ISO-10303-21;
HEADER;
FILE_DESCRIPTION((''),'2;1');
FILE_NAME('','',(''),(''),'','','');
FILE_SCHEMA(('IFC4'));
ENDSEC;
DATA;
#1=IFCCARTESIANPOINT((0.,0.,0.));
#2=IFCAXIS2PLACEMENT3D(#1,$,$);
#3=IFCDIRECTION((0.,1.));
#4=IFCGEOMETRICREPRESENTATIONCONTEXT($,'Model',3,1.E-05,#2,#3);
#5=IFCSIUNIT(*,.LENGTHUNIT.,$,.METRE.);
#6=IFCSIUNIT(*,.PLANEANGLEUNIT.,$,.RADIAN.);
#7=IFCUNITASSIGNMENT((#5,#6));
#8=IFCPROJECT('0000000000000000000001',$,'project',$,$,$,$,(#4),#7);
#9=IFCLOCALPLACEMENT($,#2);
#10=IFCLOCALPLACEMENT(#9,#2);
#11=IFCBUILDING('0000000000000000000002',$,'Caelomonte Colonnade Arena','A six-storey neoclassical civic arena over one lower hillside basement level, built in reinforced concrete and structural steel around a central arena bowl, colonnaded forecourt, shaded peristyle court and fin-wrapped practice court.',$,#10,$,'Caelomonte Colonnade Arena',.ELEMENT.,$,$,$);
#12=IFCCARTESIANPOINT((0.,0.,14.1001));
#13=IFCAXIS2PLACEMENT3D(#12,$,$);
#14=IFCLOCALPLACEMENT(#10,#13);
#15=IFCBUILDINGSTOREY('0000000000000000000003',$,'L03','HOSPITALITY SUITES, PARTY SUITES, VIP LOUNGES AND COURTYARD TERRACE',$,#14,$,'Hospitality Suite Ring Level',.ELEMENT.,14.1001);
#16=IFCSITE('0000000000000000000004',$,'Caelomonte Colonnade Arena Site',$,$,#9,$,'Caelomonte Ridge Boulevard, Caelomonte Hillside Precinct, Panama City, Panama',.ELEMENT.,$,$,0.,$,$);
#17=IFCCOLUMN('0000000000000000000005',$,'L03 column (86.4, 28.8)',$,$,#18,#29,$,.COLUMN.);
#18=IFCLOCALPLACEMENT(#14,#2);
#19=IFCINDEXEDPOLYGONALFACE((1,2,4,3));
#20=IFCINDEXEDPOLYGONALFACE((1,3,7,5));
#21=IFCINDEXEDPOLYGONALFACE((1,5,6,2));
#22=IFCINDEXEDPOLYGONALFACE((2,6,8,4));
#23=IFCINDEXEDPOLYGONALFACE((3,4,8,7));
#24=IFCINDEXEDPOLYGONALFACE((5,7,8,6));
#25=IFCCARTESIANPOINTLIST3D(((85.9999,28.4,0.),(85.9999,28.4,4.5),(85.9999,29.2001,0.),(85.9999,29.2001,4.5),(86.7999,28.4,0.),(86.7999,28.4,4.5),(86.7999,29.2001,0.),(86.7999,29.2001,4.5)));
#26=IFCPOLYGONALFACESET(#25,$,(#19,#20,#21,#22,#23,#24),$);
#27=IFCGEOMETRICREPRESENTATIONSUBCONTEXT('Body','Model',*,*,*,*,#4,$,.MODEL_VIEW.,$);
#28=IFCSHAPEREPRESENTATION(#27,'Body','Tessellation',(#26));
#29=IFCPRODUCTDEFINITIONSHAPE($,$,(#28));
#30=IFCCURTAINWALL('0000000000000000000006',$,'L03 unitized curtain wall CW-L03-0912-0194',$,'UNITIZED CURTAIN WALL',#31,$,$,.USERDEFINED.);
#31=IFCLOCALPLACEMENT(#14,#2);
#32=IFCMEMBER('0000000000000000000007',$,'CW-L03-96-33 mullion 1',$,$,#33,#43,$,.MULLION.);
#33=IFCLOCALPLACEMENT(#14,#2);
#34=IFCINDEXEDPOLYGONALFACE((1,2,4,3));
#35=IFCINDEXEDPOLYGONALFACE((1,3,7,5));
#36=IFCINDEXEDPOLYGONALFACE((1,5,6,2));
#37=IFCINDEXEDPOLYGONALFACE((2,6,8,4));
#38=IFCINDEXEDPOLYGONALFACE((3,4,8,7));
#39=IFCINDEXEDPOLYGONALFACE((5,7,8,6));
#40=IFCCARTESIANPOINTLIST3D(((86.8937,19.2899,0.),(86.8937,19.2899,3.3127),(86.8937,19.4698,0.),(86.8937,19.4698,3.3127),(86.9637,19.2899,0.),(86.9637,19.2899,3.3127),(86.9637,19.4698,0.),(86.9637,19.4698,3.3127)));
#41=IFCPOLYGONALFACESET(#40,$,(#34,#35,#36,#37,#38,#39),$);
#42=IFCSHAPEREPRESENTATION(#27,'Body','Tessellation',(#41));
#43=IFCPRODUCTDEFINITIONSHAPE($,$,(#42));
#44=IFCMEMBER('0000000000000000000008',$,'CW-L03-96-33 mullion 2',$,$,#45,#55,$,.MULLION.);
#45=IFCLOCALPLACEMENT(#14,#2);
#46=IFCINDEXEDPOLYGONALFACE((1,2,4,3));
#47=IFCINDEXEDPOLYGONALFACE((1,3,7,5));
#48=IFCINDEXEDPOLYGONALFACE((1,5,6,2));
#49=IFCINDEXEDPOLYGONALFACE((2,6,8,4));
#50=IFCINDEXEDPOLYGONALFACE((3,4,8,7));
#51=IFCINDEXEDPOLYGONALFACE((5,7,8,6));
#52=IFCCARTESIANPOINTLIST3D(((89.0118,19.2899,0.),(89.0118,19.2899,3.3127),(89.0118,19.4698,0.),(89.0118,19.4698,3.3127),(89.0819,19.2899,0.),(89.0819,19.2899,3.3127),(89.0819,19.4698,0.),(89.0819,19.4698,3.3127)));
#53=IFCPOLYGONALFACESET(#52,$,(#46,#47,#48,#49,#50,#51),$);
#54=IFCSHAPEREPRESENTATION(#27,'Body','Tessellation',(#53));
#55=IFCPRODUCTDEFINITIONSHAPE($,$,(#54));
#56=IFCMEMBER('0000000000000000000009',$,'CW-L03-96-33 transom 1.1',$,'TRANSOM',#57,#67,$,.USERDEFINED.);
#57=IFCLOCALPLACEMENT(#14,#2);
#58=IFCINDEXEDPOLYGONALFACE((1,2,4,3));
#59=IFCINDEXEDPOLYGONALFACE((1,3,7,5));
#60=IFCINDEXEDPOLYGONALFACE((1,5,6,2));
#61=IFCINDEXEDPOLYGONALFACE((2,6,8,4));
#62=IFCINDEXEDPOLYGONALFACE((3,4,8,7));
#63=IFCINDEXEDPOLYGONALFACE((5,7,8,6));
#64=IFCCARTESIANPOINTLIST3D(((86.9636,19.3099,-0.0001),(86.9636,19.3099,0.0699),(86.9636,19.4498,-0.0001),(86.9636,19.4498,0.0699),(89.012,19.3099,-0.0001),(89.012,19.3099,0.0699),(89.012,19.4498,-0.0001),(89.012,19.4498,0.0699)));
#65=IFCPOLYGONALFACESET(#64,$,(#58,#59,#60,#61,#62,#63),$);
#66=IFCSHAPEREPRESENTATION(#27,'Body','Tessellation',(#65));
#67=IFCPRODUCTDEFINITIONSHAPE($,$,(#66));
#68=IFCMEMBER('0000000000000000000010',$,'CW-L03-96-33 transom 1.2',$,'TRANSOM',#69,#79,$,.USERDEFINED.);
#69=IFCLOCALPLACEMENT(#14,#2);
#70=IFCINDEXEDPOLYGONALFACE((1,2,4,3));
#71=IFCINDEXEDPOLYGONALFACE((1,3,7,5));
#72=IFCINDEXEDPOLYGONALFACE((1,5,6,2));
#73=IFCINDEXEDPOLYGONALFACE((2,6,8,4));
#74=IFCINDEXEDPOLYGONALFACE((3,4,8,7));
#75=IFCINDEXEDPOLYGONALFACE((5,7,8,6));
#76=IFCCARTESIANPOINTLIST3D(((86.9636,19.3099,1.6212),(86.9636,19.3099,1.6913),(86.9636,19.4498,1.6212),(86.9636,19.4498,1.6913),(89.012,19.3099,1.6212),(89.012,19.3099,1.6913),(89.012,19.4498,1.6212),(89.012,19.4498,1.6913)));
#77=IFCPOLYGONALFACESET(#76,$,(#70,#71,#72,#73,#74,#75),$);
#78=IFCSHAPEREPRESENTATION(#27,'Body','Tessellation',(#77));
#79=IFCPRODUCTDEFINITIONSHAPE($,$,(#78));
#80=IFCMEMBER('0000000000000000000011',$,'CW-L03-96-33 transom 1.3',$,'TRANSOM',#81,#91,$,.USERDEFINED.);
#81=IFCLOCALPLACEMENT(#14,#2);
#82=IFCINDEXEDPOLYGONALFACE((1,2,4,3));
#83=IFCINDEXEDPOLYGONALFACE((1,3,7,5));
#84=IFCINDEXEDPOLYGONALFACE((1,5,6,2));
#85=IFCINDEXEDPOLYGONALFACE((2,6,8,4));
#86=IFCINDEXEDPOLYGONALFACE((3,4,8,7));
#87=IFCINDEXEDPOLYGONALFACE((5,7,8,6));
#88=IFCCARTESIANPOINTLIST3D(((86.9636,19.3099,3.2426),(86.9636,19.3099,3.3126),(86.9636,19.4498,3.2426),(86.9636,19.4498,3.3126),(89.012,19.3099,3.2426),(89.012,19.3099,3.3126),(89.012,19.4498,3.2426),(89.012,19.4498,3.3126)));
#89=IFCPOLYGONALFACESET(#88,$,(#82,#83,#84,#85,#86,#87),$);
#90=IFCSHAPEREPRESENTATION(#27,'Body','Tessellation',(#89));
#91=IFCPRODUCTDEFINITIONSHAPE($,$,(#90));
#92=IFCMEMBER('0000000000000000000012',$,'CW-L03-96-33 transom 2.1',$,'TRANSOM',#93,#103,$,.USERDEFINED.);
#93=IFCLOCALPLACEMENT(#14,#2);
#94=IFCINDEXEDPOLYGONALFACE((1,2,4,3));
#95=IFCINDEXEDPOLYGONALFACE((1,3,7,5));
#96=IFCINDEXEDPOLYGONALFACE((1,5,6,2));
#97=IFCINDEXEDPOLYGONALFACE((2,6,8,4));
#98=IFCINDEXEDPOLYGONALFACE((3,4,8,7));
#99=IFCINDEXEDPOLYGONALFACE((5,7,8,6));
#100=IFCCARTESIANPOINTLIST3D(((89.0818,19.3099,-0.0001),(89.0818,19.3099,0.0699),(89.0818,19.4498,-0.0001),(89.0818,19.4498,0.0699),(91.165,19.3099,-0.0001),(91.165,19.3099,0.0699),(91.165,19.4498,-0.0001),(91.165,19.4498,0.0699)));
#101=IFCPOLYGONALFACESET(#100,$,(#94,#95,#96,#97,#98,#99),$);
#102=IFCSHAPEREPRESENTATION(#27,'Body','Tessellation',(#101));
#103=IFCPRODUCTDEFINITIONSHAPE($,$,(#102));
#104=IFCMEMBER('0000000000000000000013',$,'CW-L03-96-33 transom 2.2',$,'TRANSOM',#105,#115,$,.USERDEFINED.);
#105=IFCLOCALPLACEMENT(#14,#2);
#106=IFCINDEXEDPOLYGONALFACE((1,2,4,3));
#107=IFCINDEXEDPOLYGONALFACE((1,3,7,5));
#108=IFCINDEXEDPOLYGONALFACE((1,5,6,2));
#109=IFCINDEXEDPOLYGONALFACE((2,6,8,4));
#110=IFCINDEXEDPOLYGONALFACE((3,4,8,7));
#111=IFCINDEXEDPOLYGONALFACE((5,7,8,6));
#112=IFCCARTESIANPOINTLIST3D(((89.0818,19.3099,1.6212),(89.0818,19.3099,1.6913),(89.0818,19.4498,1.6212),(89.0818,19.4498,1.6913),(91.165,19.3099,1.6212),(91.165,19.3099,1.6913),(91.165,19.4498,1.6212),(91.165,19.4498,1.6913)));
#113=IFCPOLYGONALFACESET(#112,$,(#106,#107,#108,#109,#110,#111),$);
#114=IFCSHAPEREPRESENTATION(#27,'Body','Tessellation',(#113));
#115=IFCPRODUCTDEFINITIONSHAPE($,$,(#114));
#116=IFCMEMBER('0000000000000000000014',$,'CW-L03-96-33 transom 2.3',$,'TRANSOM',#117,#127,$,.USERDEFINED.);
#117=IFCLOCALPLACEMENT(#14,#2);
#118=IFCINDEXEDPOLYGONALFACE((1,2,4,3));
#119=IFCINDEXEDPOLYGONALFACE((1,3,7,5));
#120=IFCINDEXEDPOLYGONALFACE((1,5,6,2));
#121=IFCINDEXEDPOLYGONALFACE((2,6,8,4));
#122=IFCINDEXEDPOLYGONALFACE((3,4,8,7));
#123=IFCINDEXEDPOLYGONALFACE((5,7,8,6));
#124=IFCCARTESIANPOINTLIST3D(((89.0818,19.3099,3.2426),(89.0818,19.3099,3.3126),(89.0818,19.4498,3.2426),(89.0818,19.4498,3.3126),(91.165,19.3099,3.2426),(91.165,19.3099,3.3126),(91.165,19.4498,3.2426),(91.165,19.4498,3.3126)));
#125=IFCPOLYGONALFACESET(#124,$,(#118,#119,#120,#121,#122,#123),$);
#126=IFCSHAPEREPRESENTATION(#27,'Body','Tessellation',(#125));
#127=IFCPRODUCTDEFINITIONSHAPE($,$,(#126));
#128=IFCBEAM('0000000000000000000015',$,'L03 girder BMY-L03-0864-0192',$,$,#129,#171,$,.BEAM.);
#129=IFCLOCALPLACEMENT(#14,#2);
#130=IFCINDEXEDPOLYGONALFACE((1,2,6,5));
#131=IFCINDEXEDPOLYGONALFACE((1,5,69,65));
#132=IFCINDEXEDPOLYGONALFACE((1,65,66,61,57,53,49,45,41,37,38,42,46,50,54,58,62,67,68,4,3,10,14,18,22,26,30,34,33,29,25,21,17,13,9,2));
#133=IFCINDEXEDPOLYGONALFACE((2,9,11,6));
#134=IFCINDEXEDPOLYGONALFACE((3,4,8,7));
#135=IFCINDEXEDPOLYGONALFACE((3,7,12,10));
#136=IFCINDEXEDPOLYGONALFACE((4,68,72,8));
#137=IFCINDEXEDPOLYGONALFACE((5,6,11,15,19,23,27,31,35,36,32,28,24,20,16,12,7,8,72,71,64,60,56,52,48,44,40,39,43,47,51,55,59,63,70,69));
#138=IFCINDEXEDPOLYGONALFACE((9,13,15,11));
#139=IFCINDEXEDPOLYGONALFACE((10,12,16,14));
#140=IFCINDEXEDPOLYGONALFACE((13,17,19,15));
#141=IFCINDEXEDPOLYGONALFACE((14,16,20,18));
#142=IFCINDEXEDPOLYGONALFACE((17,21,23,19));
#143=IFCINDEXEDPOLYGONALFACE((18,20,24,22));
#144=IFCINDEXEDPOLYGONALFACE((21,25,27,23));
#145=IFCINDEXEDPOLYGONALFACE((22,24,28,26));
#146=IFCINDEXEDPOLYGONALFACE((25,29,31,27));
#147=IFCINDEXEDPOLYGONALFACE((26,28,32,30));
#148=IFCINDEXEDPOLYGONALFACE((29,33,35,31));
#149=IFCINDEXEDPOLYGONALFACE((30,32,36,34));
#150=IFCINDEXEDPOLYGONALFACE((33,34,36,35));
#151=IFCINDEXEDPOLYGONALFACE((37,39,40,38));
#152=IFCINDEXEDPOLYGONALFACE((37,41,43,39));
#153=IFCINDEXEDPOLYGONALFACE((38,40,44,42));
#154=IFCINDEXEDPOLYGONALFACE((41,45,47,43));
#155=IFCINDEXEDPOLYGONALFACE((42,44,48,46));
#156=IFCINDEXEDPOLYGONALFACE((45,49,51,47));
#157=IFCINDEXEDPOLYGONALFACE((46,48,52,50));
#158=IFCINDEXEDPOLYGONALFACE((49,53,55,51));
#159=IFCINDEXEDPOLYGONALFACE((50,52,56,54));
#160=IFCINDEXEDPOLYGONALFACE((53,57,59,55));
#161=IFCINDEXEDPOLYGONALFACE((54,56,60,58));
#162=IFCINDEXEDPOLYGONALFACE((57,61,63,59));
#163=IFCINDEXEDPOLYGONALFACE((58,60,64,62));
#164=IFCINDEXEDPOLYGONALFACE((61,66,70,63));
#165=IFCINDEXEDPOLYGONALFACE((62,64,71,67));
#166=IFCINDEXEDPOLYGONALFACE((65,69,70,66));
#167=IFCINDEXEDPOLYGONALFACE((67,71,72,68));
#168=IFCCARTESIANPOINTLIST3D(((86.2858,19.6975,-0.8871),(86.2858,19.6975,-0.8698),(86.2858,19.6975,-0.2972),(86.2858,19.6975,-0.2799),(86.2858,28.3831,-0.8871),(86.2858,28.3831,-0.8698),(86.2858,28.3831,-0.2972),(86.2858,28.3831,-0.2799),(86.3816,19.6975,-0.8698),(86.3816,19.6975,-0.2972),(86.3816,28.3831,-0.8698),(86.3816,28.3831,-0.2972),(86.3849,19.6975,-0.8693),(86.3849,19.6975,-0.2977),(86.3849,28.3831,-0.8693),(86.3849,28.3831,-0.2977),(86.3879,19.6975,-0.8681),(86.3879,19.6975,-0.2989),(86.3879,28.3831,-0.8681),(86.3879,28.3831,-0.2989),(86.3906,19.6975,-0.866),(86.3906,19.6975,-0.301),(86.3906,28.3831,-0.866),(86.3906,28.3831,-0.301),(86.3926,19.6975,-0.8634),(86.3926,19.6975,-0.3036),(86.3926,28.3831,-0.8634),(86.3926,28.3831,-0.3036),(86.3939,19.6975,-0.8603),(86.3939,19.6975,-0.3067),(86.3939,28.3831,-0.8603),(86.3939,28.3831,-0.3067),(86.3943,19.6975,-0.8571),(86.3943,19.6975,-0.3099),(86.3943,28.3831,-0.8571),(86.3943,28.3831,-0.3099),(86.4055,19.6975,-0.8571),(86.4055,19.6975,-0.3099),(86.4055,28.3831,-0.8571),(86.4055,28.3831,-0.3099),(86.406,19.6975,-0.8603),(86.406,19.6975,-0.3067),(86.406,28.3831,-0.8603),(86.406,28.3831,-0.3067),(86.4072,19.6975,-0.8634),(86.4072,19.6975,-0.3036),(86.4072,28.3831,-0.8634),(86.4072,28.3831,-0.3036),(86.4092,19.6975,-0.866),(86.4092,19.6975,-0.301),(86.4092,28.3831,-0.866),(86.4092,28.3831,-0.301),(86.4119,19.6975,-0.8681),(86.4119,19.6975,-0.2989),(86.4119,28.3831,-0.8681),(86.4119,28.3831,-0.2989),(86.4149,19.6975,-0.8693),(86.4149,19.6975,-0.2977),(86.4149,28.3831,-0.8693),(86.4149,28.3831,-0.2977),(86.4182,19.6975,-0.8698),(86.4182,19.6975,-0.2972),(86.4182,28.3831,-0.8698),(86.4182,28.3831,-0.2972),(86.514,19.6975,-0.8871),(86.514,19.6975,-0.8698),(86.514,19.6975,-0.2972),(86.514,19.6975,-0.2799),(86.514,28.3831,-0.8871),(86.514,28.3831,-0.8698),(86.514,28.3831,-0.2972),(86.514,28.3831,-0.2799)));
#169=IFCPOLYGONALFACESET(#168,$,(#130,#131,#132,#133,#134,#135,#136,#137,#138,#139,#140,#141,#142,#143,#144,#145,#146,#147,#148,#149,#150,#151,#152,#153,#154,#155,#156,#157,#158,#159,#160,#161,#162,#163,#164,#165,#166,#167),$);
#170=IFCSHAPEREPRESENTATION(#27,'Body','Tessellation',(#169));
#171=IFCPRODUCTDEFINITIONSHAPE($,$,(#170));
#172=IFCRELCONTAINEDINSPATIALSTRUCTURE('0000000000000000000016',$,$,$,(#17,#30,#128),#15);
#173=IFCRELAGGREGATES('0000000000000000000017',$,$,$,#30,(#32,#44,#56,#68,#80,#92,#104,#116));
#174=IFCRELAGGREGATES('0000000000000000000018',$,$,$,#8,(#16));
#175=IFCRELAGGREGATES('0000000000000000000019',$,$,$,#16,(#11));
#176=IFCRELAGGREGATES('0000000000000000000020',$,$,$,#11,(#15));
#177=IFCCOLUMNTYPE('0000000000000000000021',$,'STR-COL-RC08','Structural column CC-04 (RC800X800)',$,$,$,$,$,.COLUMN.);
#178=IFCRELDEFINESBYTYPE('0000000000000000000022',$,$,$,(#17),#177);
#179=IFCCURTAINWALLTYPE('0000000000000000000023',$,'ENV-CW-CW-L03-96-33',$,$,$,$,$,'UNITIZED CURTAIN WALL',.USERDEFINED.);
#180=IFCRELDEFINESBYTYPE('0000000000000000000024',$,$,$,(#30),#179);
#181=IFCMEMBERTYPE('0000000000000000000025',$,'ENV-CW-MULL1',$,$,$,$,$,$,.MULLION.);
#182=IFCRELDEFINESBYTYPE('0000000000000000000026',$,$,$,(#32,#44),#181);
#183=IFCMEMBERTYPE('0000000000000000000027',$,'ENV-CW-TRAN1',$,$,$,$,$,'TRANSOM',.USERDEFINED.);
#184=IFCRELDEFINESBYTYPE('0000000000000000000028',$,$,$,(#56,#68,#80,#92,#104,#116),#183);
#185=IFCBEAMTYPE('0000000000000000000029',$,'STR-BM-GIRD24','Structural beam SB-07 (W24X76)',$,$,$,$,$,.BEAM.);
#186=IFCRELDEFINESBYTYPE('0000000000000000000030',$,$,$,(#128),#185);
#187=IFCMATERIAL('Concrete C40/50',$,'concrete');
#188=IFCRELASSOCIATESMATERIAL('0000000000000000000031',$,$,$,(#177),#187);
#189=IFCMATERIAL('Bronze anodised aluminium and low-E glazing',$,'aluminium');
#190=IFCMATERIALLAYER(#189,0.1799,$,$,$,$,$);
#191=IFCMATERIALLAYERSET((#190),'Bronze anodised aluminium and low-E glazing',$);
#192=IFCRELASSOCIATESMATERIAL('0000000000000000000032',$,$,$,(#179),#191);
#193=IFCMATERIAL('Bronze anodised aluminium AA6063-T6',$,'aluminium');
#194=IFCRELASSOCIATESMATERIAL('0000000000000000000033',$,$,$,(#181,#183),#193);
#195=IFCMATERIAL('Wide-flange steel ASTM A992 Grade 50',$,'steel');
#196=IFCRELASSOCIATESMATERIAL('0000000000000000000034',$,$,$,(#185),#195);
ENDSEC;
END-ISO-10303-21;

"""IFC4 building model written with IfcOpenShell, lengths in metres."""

from ifc_helpers import new_model, si_unit, direction, frame, origin, origin_2d, place, context, subcontext, project, spatial, rectangle, i_section, extrude, material, layer, layer_set, material_profile, profile_set, type_object, element, aggregate, save


model = new_model("IFC4")

# Units and contexts
model_context = context("Model", 3, precision=1e-05, world=origin(), true_north=direction((0.0, 1.0)))
body_context = subcontext(model_context, "Body", "Model", "MODEL_VIEW")
ifc_project = project(units=[si_unit("LENGTHUNIT", "METRE"), si_unit("PLANEANGLEUNIT", "RADIAN")], contexts=[model_context])

# Site, building, storey
site_placement = place(None, origin())
site = spatial("IfcSite", under=ifc_project, at=site_placement, Name="Caelomonte Colonnade Arena Site", LongName="Caelomonte Ridge Boulevard, Caelomonte Hillside Precinct, Panama City, Panama", CompositionType="ELEMENT", RefElevation=0.0)
building_placement = place(site_placement, origin())
building = spatial("IfcBuilding", under=site, at=building_placement, Name="Caelomonte Colonnade Arena", Description="A six-storey neoclassical civic arena over one lower hillside basement level, built in reinforced concrete and structural steel around a central arena bowl, colonnaded forecourt, shaded peristyle court and fin-wrapped practice court.", LongName="Caelomonte Colonnade Arena", CompositionType="ELEMENT")
storey_placement = place(building_placement, frame((0.0, 0.0, 14.1001)))
storey = spatial("IfcBuildingStorey", under=building, at=storey_placement, Name="L03", Description="HOSPITALITY SUITES, PARTY SUITES, VIP LOUNGES AND COURTYARD TERRACE", LongName="Hospitality Suite Ring Level", CompositionType="ELEMENT", Elevation=14.1001)

# Column
ifc_material_1 = material(Name="Concrete C40/50", Category="concrete")
ifc_material_profile_1 = material_profile(ifc_material_1, rectangle(XDim=0.8, YDim=0.8, at=origin_2d()), Name="RC800X800")
ifc_profile_set_1 = profile_set([ifc_material_profile_1], Name="Concrete C40/50")
column_type = type_object("IfcColumnType", Name="STR-COL-RC08", Description="Structural column CC-04 (RC800X800)", PredefinedType="COLUMN", material=ifc_profile_set_1)
column_placement = place(storey_placement, frame((86.3999, 28.8, 0.0), z_axis=(0.0, 0.0, 1.0), x_axis=(1.0, 0.0, 0.0)))
element("IfcColumn", 1, at=column_placement, inside=storey, type_object=column_type, Name="L03 column (86.4, 28.8)", PredefinedType="COLUMN", context=body_context, shape_type="SweptSolid", body=[
    extrude(rectangle(XDim=0.8, YDim=0.8, at=origin_2d()), origin(), (0.0, 0.0, 1.0), 4.5),
])

# Curtain wall, members
ifc_material_2 = material(Name="Bronze anodised aluminium and low-E glazing", Category="aluminium")
ifc_layer_1 = layer(ifc_material_2, 0.1799)
ifc_layer_set_1 = layer_set([ifc_layer_1], Name="Bronze anodised aluminium and low-E glazing")
curtain_wall_type = type_object("IfcCurtainWallType", Name="ENV-CW-CW-L03-96-33", ElementType="UNITIZED CURTAIN WALL", PredefinedType="USERDEFINED", material=ifc_layer_set_1)
curtain_wall_placement = place(storey_placement, origin())
curtain_wall = element("IfcCurtainWall", 2, at=curtain_wall_placement, inside=storey, type_object=curtain_wall_type, Name="L03 unitized curtain wall CW-L03-0912-0194", ObjectType="UNITIZED CURTAIN WALL", PredefinedType="USERDEFINED")
ifc_material_3 = material(Name="Bronze anodised aluminium AA6063-T6", Category="aluminium")
ifc_material_profile_2 = material_profile(ifc_material_3, rectangle(XDim=0.0701, YDim=0.1799, at=origin_2d()), Name="CWM-70X180")
ifc_profile_set_2 = profile_set([ifc_material_profile_2], Name="Bronze anodised aluminium AA6063-T6")
member_type_1 = type_object("IfcMemberType", Name="ENV-CW-MULL1", PredefinedType="MULLION", material=ifc_profile_set_2)
member_1_placement = place(storey_placement, frame((86.9287, 19.3799, 0.0), z_axis=(0.0, 0.0, 1.0), x_axis=(1.0, 0.0, 0.0)))
member_1 = element("IfcMember", 3, at=member_1_placement, type_object=member_type_1, Name="CW-L03-96-33 mullion 1", PredefinedType="MULLION", context=body_context, shape_type="SweptSolid", body=[
    extrude(rectangle(XDim=0.0701, YDim=0.1799, at=origin_2d()), origin(), (0.0, 0.0, 1.0), 3.3127),
])
member_2_placement = place(storey_placement, frame((89.0469, 19.3799, 0.0), z_axis=(0.0, 0.0, 1.0), x_axis=(1.0, 0.0, 0.0)))
member_2 = element("IfcMember", 4, at=member_2_placement, type_object=member_type_1, Name="CW-L03-96-33 mullion 2", PredefinedType="MULLION", context=body_context, shape_type="SweptSolid", body=[
    extrude(rectangle(XDim=0.0701, YDim=0.1799, at=origin_2d()), origin(), (0.0, 0.0, 1.0), 3.3127),
])
ifc_material_profile_3 = material_profile(ifc_material_3, rectangle(XDim=0.0701, YDim=0.1399, at=origin_2d()), Name="CWT-70X140")
ifc_profile_set_3 = profile_set([ifc_material_profile_3], Name="Bronze anodised aluminium AA6063-T6")
member_type_2 = type_object("IfcMemberType", Name="ENV-CW-TRAN1", ElementType="TRANSOM", PredefinedType="USERDEFINED", material=ifc_profile_set_3)
member_3_placement = place(storey_placement, frame((86.9636, 19.3799, 0.0349), z_axis=(1.0, 0.0, 0.0), x_axis=(0.0, 0.0, 1.0)))
member_3 = element("IfcMember", 5, at=member_3_placement, type_object=member_type_2, Name="CW-L03-96-33 transom 1.1", ObjectType="TRANSOM", PredefinedType="USERDEFINED", context=body_context, shape_type="SweptSolid", body=[
    extrude(rectangle(XDim=0.0701, YDim=0.1399, at=origin_2d()), origin(), (0.0, 0.0, 1.0), 2.0483),
])
member_4_placement = place(storey_placement, frame((86.9636, 19.3799, 1.6562), z_axis=(1.0, 0.0, 0.0), x_axis=(0.0, 0.0, 1.0)))
member_4 = element("IfcMember", 6, at=member_4_placement, type_object=member_type_2, Name="CW-L03-96-33 transom 1.2", ObjectType="TRANSOM", PredefinedType="USERDEFINED", context=body_context, shape_type="SweptSolid", body=[
    extrude(rectangle(XDim=0.0701, YDim=0.1399, at=origin_2d()), origin(), (0.0, 0.0, 1.0), 2.0483),
])
member_5_placement = place(storey_placement, frame((86.9636, 19.3799, 3.2776), z_axis=(1.0, 0.0, 0.0), x_axis=(0.0, 0.0, 1.0)))
member_5 = element("IfcMember", 7, at=member_5_placement, type_object=member_type_2, Name="CW-L03-96-33 transom 1.3", ObjectType="TRANSOM", PredefinedType="USERDEFINED", context=body_context, shape_type="SweptSolid", body=[
    extrude(rectangle(XDim=0.0701, YDim=0.1399, at=origin_2d()), origin(), (0.0, 0.0, 1.0), 2.0483),
])
member_6_placement = place(storey_placement, frame((89.0818, 19.3799, 0.0349), z_axis=(1.0, 0.0, 0.0), x_axis=(0.0, 0.0, 1.0)))
member_6 = element("IfcMember", 8, at=member_6_placement, type_object=member_type_2, Name="CW-L03-96-33 transom 2.1", ObjectType="TRANSOM", PredefinedType="USERDEFINED", context=body_context, shape_type="SweptSolid", body=[
    extrude(rectangle(XDim=0.0701, YDim=0.1399, at=origin_2d()), origin(), (0.0, 0.0, 1.0), 2.0833),
])
member_7_placement = place(storey_placement, frame((89.0818, 19.3799, 1.6562), z_axis=(1.0, 0.0, 0.0), x_axis=(0.0, 0.0, 1.0)))
member_7 = element("IfcMember", 9, at=member_7_placement, type_object=member_type_2, Name="CW-L03-96-33 transom 2.2", ObjectType="TRANSOM", PredefinedType="USERDEFINED", context=body_context, shape_type="SweptSolid", body=[
    extrude(rectangle(XDim=0.0701, YDim=0.1399, at=origin_2d()), origin(), (0.0, 0.0, 1.0), 2.0833),
])
member_8_placement = place(storey_placement, frame((89.0818, 19.3799, 3.2776), z_axis=(1.0, 0.0, 0.0), x_axis=(0.0, 0.0, 1.0)))
member_8 = element("IfcMember", 10, at=member_8_placement, type_object=member_type_2, Name="CW-L03-96-33 transom 2.3", ObjectType="TRANSOM", PredefinedType="USERDEFINED", context=body_context, shape_type="SweptSolid", body=[
    extrude(rectangle(XDim=0.0701, YDim=0.1399, at=origin_2d()), origin(), (0.0, 0.0, 1.0), 2.0833),
])

# Beam
ifc_material_4 = material(Name="Wide-flange steel ASTM A992 Grade 50", Category="steel")
ifc_material_profile_4 = material_profile(ifc_material_4, i_section(OverallWidth=0.2283, OverallDepth=0.6072, WebThickness=0.0112, FlangeThickness=0.0173, FilletRadius=0.0127, at=origin_2d()), Name="W24X76")
ifc_profile_set_4 = profile_set([ifc_material_profile_4], Name="Wide-flange steel ASTM A992 Grade 50")
beam_type_1 = type_object("IfcBeamType", Name="STR-BM-GIRD24", Description="Structural beam SB-07 (W24X76)", PredefinedType="BEAM", material=ifc_profile_set_4)
beam_1_placement = place(storey_placement, frame((86.3999, 19.6975, -0.5835), z_axis=(0.0, 1.0, 0.0), x_axis=(-1.0, 0.0, 0.0)))
element("IfcBeam", 11, at=beam_1_placement, inside=storey, type_object=beam_type_1, Name="L03 girder BMY-L03-0864-0192", PredefinedType="BEAM", context=body_context, shape_type="SweptSolid", body=[
    extrude(i_section(OverallWidth=0.2283, OverallDepth=0.6072, WebThickness=0.0112, FlangeThickness=0.0173, FilletRadius=0.0127, at=origin_2d()), origin(), (0.0, 0.0, 1.0), 8.6855),
])

aggregate(curtain_wall, [member_1, member_2, member_3, member_4, member_5, member_6, member_7, member_8])

save(model, "model.ifc")
